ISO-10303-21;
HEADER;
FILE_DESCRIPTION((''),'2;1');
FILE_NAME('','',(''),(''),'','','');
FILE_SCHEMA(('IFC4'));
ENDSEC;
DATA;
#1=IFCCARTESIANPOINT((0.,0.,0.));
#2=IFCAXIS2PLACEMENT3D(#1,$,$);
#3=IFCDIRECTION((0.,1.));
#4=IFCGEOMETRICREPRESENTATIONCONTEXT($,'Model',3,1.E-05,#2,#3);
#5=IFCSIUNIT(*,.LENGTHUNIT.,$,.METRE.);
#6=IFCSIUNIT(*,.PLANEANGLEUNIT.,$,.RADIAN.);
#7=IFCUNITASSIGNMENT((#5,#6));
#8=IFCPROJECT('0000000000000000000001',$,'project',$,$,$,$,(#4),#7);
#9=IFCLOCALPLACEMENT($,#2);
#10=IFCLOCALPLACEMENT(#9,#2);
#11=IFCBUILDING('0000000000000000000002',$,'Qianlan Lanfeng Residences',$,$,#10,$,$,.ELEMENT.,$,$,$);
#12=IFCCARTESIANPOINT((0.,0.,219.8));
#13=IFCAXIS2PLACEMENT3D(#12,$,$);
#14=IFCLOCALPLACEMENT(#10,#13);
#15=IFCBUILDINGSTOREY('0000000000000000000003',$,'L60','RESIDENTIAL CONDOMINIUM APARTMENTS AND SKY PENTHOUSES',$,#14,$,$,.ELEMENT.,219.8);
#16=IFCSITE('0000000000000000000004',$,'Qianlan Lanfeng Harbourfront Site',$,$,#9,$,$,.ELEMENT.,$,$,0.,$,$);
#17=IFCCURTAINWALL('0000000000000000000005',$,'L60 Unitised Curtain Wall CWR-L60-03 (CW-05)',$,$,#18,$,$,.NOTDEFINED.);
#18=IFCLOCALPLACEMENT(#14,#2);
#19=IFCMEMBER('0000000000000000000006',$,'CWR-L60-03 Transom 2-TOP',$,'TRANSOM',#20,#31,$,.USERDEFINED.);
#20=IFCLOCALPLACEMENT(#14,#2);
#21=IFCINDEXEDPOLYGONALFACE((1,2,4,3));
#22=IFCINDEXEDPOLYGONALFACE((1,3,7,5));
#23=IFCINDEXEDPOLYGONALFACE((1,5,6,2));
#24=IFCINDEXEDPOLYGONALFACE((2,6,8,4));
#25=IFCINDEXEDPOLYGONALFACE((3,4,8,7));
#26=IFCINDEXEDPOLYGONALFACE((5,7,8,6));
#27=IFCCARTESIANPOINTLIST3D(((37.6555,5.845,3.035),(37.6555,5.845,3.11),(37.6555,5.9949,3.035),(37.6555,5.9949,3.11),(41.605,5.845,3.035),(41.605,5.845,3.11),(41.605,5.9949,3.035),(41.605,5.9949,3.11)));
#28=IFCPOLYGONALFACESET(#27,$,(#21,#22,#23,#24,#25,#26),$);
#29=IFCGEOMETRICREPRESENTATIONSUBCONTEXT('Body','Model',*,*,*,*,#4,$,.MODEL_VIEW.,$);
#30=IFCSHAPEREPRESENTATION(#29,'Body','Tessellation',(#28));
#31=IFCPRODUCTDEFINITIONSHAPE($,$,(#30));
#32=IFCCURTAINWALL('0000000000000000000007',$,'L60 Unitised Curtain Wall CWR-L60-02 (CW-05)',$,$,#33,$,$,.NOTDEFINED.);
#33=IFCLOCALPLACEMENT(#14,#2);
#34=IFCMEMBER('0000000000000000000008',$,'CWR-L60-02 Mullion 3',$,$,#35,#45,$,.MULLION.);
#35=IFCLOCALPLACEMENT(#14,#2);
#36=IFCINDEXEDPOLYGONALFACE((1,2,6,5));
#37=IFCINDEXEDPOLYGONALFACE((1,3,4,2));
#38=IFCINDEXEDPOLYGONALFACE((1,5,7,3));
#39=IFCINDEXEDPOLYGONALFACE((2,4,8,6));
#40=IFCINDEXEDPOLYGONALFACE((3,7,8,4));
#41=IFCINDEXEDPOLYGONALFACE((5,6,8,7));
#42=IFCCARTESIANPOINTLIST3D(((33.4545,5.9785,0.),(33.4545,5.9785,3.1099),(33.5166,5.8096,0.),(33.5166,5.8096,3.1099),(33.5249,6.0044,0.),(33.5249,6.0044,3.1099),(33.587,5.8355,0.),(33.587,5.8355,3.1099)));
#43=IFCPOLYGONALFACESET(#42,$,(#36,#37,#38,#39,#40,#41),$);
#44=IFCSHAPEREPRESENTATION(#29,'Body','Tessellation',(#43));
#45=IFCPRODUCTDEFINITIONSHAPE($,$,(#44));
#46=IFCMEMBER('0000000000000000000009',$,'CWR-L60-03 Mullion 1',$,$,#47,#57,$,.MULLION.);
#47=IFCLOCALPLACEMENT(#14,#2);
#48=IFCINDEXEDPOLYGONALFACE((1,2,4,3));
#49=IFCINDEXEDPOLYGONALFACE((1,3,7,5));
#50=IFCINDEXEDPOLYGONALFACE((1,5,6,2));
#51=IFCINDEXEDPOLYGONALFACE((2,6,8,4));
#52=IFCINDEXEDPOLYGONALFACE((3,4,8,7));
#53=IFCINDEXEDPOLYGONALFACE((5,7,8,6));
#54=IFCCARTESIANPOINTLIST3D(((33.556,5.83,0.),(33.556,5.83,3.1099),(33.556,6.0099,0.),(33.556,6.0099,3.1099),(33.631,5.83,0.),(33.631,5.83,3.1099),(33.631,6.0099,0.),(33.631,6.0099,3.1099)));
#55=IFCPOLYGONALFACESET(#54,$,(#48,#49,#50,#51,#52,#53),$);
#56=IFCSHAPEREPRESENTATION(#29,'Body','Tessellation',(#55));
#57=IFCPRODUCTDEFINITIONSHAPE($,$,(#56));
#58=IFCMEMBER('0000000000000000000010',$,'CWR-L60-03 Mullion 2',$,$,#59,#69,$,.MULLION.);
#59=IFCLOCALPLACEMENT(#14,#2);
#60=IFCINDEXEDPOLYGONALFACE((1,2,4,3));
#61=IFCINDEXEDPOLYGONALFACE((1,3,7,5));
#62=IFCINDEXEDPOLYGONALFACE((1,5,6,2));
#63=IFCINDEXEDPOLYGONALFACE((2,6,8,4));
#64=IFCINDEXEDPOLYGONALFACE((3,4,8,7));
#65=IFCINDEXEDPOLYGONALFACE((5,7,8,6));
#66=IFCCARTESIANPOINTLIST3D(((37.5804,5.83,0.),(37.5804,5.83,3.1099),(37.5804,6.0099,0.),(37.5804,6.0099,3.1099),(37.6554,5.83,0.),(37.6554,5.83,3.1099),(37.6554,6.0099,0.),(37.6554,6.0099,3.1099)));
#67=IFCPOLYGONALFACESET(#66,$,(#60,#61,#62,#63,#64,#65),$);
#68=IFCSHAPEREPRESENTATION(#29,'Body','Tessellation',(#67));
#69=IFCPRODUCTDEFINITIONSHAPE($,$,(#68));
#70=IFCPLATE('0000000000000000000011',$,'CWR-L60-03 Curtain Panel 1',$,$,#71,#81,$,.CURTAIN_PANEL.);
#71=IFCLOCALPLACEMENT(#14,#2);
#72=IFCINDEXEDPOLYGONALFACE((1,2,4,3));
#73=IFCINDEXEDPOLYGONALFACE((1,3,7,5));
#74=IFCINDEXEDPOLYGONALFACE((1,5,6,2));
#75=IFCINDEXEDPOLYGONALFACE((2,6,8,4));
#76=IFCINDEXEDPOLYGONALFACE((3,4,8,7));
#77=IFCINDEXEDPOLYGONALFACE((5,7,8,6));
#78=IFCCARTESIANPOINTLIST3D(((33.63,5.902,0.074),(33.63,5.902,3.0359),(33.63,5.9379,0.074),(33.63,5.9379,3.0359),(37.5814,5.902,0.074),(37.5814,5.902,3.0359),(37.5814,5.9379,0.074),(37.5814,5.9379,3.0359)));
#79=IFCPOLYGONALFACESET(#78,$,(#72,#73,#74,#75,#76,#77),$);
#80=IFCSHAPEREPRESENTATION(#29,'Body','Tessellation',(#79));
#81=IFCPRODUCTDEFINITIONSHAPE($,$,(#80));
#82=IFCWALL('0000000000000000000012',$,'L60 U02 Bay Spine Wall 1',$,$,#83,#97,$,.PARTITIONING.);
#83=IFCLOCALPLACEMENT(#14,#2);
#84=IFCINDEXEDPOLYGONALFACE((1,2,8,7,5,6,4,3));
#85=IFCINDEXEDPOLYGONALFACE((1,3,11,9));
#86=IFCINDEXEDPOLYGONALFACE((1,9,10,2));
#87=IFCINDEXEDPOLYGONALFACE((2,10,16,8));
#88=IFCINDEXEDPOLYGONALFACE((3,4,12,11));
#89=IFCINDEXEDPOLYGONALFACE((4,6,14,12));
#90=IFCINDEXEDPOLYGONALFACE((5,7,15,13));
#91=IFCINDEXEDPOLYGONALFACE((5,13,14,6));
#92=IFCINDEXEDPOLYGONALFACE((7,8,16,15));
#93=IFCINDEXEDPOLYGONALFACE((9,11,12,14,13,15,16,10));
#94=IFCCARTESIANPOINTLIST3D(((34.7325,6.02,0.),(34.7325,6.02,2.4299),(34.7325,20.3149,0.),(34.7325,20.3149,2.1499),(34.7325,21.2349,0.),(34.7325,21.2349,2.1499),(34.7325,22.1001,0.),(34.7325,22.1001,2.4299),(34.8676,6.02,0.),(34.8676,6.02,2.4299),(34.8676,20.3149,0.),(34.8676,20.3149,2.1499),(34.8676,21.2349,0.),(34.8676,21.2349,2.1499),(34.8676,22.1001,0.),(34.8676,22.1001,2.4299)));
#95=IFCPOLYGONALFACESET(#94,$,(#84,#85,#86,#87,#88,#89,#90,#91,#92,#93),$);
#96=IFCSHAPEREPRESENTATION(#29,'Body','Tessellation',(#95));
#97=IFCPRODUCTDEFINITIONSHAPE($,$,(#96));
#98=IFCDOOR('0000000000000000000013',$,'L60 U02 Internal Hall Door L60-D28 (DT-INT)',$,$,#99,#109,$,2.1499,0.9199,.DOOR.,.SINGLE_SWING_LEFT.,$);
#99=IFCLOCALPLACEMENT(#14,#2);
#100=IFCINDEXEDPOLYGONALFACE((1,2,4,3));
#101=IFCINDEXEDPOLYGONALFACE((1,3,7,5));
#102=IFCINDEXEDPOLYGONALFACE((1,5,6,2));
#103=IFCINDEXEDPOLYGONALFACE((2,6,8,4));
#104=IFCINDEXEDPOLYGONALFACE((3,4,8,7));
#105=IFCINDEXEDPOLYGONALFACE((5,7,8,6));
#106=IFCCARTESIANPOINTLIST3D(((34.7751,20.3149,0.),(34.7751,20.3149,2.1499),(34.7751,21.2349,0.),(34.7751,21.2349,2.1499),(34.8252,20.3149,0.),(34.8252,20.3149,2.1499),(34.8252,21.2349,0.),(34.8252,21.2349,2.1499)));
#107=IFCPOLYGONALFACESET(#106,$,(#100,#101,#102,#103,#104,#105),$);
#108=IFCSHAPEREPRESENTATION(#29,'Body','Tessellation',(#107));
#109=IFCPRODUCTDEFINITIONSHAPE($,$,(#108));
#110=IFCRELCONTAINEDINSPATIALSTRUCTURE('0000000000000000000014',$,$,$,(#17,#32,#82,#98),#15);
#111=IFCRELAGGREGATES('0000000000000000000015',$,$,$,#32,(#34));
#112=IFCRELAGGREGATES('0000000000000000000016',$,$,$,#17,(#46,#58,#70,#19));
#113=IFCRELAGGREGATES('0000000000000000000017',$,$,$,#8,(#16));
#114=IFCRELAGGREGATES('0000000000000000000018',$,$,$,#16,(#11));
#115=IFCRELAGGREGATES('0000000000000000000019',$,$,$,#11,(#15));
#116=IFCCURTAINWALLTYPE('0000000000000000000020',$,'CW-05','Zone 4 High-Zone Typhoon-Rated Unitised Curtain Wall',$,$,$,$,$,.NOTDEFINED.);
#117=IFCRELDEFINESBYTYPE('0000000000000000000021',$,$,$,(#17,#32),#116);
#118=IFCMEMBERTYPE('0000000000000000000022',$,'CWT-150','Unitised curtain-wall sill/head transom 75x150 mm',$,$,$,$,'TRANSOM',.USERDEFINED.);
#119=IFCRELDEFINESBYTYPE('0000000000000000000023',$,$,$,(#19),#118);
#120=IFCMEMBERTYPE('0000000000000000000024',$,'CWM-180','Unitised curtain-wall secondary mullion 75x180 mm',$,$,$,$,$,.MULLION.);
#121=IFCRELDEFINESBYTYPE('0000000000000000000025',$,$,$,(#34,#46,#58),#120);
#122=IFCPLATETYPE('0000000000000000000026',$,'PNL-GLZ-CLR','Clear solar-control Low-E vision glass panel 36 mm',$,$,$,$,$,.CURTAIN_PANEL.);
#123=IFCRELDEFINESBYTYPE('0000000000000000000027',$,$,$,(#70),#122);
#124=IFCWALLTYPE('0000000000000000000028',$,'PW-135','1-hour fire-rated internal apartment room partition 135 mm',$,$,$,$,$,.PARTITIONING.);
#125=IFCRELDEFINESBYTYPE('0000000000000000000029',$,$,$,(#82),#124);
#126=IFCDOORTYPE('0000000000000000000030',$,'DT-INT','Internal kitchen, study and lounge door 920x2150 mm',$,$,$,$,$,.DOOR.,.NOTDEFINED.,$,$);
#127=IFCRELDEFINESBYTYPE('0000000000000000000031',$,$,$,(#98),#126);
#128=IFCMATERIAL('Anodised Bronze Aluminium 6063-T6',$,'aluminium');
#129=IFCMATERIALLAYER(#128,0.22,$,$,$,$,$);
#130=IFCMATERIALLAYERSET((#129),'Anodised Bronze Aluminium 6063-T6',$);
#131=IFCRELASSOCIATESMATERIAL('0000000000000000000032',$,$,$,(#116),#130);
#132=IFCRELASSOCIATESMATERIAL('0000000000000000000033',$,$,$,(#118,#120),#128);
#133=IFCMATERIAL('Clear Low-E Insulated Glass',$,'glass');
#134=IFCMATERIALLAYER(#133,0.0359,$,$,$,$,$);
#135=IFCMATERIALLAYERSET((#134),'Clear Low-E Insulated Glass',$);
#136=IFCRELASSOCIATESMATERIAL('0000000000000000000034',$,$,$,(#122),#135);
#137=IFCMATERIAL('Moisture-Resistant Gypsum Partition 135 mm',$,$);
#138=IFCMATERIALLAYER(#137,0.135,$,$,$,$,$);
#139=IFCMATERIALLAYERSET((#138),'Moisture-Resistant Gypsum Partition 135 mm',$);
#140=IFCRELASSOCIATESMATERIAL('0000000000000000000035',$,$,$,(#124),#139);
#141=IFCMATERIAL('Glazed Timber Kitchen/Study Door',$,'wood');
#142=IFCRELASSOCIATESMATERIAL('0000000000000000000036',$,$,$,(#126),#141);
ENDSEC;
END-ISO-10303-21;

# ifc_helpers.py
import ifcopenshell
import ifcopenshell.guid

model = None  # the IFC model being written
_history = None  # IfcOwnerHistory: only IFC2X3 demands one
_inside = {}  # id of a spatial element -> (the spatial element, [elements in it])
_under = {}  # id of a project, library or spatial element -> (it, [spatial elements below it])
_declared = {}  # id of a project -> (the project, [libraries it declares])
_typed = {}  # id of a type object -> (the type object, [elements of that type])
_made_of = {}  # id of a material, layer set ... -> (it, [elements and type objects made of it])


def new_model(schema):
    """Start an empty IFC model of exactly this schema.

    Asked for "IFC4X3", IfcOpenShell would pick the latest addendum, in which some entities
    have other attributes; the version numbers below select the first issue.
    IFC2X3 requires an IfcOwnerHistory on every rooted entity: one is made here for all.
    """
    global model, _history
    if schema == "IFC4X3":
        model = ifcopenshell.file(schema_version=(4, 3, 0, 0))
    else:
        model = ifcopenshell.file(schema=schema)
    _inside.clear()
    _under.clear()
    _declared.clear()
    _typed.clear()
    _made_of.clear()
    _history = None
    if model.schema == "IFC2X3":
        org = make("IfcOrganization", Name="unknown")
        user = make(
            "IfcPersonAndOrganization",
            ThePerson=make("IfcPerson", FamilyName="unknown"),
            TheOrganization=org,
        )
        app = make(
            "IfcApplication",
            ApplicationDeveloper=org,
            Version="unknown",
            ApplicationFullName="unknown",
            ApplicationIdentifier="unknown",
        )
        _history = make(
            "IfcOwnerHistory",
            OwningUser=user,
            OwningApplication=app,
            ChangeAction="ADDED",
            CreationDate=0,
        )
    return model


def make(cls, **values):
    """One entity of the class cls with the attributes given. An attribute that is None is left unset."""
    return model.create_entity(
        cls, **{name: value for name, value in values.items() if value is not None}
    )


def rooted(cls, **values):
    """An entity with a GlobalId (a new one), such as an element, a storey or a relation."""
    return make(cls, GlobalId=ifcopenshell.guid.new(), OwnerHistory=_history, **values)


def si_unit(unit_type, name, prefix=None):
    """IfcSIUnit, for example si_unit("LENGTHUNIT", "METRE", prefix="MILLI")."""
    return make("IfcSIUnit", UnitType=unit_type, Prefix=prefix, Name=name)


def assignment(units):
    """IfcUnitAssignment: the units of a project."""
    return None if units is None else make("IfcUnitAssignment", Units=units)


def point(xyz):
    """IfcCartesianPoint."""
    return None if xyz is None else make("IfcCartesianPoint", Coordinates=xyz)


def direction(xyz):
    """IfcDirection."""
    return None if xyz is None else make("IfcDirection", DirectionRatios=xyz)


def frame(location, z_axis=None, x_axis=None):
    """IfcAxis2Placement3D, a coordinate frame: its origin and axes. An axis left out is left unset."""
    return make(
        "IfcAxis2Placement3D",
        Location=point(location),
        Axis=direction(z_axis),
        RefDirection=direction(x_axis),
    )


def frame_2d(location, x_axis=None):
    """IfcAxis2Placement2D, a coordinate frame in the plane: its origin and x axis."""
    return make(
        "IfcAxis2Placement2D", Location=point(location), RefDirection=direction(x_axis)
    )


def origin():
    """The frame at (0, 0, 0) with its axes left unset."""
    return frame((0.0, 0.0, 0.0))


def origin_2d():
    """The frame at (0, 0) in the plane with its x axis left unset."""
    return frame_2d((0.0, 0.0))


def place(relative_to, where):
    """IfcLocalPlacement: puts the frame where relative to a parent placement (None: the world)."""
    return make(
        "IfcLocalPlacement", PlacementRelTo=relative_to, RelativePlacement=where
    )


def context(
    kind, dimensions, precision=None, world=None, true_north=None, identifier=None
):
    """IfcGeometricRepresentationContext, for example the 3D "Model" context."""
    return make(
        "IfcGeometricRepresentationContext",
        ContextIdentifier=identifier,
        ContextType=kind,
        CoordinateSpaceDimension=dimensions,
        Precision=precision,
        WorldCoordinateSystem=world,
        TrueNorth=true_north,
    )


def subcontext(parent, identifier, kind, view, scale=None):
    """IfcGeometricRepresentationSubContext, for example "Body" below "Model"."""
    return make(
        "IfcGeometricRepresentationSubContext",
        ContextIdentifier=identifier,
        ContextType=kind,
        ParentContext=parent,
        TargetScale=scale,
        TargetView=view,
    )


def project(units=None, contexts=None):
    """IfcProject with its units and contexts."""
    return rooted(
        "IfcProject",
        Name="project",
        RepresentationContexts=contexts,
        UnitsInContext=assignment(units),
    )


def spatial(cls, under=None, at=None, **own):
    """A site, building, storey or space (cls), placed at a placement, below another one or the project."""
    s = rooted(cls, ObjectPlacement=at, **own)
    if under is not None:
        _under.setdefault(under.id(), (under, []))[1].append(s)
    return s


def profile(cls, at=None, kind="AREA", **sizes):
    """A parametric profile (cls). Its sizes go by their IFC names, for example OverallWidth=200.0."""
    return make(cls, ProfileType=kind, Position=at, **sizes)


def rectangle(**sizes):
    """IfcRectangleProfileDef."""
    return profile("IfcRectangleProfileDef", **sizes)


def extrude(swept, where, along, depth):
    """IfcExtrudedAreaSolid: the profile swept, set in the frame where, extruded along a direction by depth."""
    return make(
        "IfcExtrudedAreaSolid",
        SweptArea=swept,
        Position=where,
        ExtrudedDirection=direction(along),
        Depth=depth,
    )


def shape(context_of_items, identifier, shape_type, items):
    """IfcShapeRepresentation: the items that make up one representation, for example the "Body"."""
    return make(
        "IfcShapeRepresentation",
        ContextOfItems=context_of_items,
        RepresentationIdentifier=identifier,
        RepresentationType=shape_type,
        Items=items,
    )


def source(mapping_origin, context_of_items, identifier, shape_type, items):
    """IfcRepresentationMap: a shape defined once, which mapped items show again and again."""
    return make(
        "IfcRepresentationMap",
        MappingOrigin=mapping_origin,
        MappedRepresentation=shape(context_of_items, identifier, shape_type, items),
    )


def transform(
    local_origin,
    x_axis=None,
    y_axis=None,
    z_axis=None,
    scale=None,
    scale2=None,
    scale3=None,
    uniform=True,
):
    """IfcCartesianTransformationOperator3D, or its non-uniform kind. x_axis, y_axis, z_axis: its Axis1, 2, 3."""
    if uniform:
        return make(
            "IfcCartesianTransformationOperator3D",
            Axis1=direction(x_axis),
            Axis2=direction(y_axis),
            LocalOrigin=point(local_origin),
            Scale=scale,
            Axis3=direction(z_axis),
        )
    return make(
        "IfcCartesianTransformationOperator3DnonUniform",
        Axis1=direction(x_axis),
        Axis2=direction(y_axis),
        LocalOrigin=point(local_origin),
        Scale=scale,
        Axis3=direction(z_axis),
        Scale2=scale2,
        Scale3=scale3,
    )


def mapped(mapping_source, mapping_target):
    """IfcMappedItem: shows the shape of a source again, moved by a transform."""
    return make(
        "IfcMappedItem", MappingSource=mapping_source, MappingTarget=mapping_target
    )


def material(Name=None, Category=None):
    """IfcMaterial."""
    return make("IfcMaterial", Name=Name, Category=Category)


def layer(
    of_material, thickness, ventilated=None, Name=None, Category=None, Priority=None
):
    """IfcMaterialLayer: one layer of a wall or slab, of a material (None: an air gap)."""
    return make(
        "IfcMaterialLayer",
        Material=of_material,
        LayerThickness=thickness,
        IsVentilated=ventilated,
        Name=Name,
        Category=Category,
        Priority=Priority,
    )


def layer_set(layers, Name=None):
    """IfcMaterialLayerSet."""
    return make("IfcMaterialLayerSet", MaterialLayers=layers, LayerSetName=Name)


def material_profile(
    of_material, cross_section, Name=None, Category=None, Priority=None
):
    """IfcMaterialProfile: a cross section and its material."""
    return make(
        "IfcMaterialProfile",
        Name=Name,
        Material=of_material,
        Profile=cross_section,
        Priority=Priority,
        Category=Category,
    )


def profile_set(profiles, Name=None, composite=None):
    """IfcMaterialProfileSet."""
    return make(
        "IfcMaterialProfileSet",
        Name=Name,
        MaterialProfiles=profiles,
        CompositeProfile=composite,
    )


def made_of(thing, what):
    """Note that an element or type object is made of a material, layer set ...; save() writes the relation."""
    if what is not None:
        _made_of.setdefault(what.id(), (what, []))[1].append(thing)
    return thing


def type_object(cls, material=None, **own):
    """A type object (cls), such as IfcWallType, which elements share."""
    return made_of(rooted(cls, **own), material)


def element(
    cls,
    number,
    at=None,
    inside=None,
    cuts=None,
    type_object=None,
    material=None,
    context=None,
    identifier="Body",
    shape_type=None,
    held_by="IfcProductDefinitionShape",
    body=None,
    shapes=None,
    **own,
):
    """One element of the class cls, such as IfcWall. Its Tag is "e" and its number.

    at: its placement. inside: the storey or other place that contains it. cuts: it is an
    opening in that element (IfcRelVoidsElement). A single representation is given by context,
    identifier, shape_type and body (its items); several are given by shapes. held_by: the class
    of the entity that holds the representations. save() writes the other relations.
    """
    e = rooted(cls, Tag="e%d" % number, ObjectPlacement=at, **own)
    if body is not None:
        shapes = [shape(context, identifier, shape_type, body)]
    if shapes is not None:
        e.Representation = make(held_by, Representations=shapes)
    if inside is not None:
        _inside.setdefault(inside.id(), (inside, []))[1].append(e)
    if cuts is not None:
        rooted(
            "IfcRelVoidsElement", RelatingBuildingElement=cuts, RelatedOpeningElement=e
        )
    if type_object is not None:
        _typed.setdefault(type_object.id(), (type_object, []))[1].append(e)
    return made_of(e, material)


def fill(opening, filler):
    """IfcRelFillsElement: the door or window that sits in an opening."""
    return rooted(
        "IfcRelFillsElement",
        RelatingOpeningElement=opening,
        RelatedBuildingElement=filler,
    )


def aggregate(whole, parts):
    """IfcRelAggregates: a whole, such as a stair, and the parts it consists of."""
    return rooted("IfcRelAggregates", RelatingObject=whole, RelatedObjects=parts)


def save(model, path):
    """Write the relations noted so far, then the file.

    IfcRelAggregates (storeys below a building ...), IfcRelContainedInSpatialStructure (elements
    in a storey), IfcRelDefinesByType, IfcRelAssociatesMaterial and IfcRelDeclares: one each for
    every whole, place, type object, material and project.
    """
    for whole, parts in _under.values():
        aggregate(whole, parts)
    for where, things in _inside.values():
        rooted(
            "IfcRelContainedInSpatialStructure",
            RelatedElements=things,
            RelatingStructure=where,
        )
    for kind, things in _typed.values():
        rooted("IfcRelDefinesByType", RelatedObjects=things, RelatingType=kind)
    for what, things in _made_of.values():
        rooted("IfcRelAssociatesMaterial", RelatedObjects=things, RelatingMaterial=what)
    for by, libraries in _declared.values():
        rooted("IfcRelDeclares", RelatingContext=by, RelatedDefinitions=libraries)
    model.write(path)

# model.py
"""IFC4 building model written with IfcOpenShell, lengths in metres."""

from ifc_helpers import new_model, si_unit, direction, frame, frame_2d, origin, origin_2d, place, context, subcontext, project, spatial, rectangle, extrude, source, transform, mapped, material, layer, layer_set, material_profile, profile_set, type_object, element, fill, aggregate, save


model = new_model("IFC4")

# Units and contexts
model_context = context("Model", 3, precision=1e-05, world=origin(), true_north=direction((0.0, 1.0)))
body_context = subcontext(model_context, "Body", "Model", "MODEL_VIEW")
ifc_project = project(units=[si_unit("LENGTHUNIT", "METRE"), si_unit("PLANEANGLEUNIT", "RADIAN")], contexts=[model_context])

# Site, building, storey
site_placement = place(None, origin())
site = spatial("IfcSite", under=ifc_project, at=site_placement, Name="Qianlan Lanfeng Harbourfront Site", CompositionType="ELEMENT", RefElevation=0.0)
building_placement = place(site_placement, origin())
building = spatial("IfcBuilding", under=site, at=building_placement, Name="Qianlan Lanfeng Residences", CompositionType="ELEMENT")
storey_placement = place(building_placement, frame((0.0, 0.0, 219.8)))
storey = spatial("IfcBuildingStorey", under=building, at=storey_placement, Name="L60", Description="RESIDENTIAL CONDOMINIUM APARTMENTS AND SKY PENTHOUSES", CompositionType="ELEMENT", Elevation=219.8)

# Curtain wall, member
ifc_material_1 = material(Name="Anodised Bronze Aluminium 6063-T6", Category="aluminium")
ifc_layer_1 = layer(ifc_material_1, 0.22)
ifc_layer_set_1 = layer_set([ifc_layer_1], Name="Anodised Bronze Aluminium 6063-T6")
curtain_wall_type = type_object("IfcCurtainWallType", Name="CW-05", Description="Zone 4 High-Zone Typhoon-Rated Unitised Curtain Wall", PredefinedType="NOTDEFINED", material=ifc_layer_set_1)
curtain_wall_1_placement = place(storey_placement, origin())
curtain_wall_1 = element("IfcCurtainWall", 1, at=curtain_wall_1_placement, inside=storey, type_object=curtain_wall_type, Name="L60 Unitised Curtain Wall CWR-L60-03 (CW-05)", PredefinedType="NOTDEFINED")
ifc_material_profile_1 = material_profile(ifc_material_1, rectangle(XDim=0.075, YDim=0.1499, at=origin_2d()), Name="ALU TRANSOM 75x150")
ifc_profile_set_1 = profile_set([ifc_material_profile_1], Name="Anodised Bronze Aluminium 6063-T6")
member_type_1 = type_object("IfcMemberType", Name="CWT-150", Description="Unitised curtain-wall sill/head transom 75x150 mm", ElementType="TRANSOM", PredefinedType="USERDEFINED", material=ifc_profile_set_1)
shared_shape_1 = source(origin(), body_context, "Body", "SweptSolid", [
    extrude(rectangle(XDim=0.075, YDim=0.1499, at=origin_2d()), origin(), (0.0, 0.0, 1.0), 3.9495),
])
member_1_placement = place(storey_placement, frame((37.6555, 5.9199, 3.0725), z_axis=(1.0, 0.0, 0.0), x_axis=(0.0, 0.0, 1.0)))
member_1 = element("IfcMember", 2, at=member_1_placement, type_object=member_type_1, Name="CWR-L60-03 Transom 2-TOP", ObjectType="TRANSOM", PredefinedType="USERDEFINED", context=body_context, shape_type="MappedRepresentation", body=[
    mapped(shared_shape_1, transform((0.0, 0.0, 0.0), scale=1.0)),
])

# Curtain wall, member
curtain_wall_2_placement = place(storey_placement, origin())
curtain_wall_2 = element("IfcCurtainWall", 3, at=curtain_wall_2_placement, inside=storey, type_object=curtain_wall_type, Name="L60 Unitised Curtain Wall CWR-L60-02 (CW-05)", PredefinedType="NOTDEFINED")
ifc_material_profile_2 = material_profile(ifc_material_1, rectangle(XDim=0.075, YDim=0.1799, at=origin_2d()), Name="ALU MULLION 75x180")
ifc_profile_set_2 = profile_set([ifc_material_profile_2], Name="Anodised Bronze Aluminium 6063-T6")
member_type_2 = type_object("IfcMemberType", Name="CWM-180", Description="Unitised curtain-wall secondary mullion 75x180 mm", PredefinedType="MULLION", material=ifc_profile_set_2)
shared_shape_2 = source(origin(), body_context, "Body", "SweptSolid", [
    extrude(rectangle(XDim=0.075, YDim=0.1799, at=origin_2d()), origin(), (0.0, 0.0, 1.0), 3.1099),
])
member_2_placement = place(storey_placement, frame((33.5208, 5.907, 0.0), z_axis=(0.0, 0.0, 1.0), x_axis=(0.938626, 0.344938, 0.0)))
member_2 = element("IfcMember", 4, at=member_2_placement, type_object=member_type_2, Name="CWR-L60-02 Mullion 3", PredefinedType="MULLION", context=body_context, shape_type="MappedRepresentation", body=[
    mapped(shared_shape_2, transform((0.0, 0.0, 0.0), scale=1.0)),
])
aggregate(curtain_wall_2, [member_2])

# Members
member_3_placement = place(storey_placement, frame((33.5935, 5.9199, 0.0), z_axis=(0.0, 0.0, 1.0), x_axis=(1.0, 0.0, 0.0)))
member_3 = element("IfcMember", 5, at=member_3_placement, type_object=member_type_2, Name="CWR-L60-03 Mullion 1", PredefinedType="MULLION", context=body_context, shape_type="MappedRepresentation", body=[
    mapped(shared_shape_2, transform((0.0, 0.0, 0.0), scale=1.0)),
])
member_4_placement = place(storey_placement, frame((37.6179, 5.9199, 0.0), z_axis=(0.0, 0.0, 1.0), x_axis=(1.0, 0.0, 0.0)))
member_4 = element("IfcMember", 6, at=member_4_placement, type_object=member_type_2, Name="CWR-L60-03 Mullion 2", PredefinedType="MULLION", context=body_context, shape_type="MappedRepresentation", body=[
    mapped(shared_shape_2, transform((0.0, 0.0, 0.0), scale=1.0)),
])

# Plate
ifc_material_2 = material(Name="Clear Low-E Insulated Glass", Category="glass")
ifc_layer_2 = layer(ifc_material_2, 0.0359)
ifc_layer_set_2 = layer_set([ifc_layer_2], Name="Clear Low-E Insulated Glass")
plate_type = type_object("IfcPlateType", Name="PNL-GLZ-CLR", Description="Clear solar-control Low-E vision glass panel 36 mm", PredefinedType="CURTAIN_PANEL", material=ifc_layer_set_2)
shared_shape_3 = source(origin(), body_context, "Body", "SweptSolid", [
    extrude(rectangle(XDim=3.9514, YDim=0.0359, at=origin_2d()), origin(), (0.0, 0.0, 1.0), 2.9619),
])
plate_placement = place(storey_placement, frame((35.6057, 5.9199, 0.074), z_axis=(0.0, 0.0, 1.0), x_axis=(1.0, 0.0, 0.0)))
plate = element("IfcPlate", 7, at=plate_placement, type_object=plate_type, Name="CWR-L60-03 Curtain Panel 1", PredefinedType="CURTAIN_PANEL", context=body_context, shape_type="MappedRepresentation", body=[
    mapped(shared_shape_3, transform((0.0, 0.0, 0.0), scale=1.0)),
])
aggregate(curtain_wall_1, [member_3, member_4, plate, member_1])

# Wall, opening, door
ifc_material_3 = material(Name="Moisture-Resistant Gypsum Partition 135 mm")
ifc_layer_3 = layer(ifc_material_3, 0.135)
ifc_layer_set_3 = layer_set([ifc_layer_3], Name="Moisture-Resistant Gypsum Partition 135 mm")
wall_type = type_object("IfcWallType", Name="PW-135", Description="1-hour fire-rated internal apartment room partition 135 mm", PredefinedType="PARTITIONING", material=ifc_layer_set_3)
wall_1_placement = place(storey_placement, frame((34.8, 6.02, 0.0), z_axis=(0.0, 0.0, 1.0), x_axis=(0.0, 1.0, 0.0)))
wall_1 = element("IfcWall", 8, at=wall_1_placement, inside=storey, type_object=wall_type, Name="L60 U02 Bay Spine Wall 1", PredefinedType="PARTITIONING", context=body_context, shape_type="SweptSolid", body=[
    extrude(rectangle(XDim=16.0801, YDim=0.135, at=frame_2d((8.04, 0.0))), origin(), (0.0, 0.0, 1.0), 2.4299),
])
opening_1_placement = place(wall_1_placement, frame((14.2949, 0.0, 0.0)))
opening_1 = element("IfcOpeningElement", 9, at=opening_1_placement, cuts=wall_1, PredefinedType="OPENING", context=body_context, shape_type="SweptSolid", body=[
    extrude(rectangle(XDim=0.9199, YDim=2.1499, at=frame_2d((0.46, 1.075))), frame((0.0, 0.0776, 0.0), z_axis=(0.0, -1.0, 0.0), x_axis=(1.0, 0.0, 0.0)), (0.0, 0.0, 1.0), 0.155),
])
ifc_material_4 = material(Name="Glazed Timber Kitchen/Study Door", Category="wood")
door_type_1 = type_object("IfcDoorType", Name="DT-INT", Description="Internal kitchen, study and lounge door 920x2150 mm", OperationType="NOTDEFINED", PredefinedType="DOOR", material=ifc_material_4)
door_1_placement = place(opening_1_placement, origin())
door_1 = element("IfcDoor", 10, at=door_1_placement, inside=storey, type_object=door_type_1, Name="L60 U02 Internal Hall Door L60-D28 (DT-INT)", OperationType="SINGLE_SWING_LEFT", OverallHeight=2.1499, OverallWidth=0.9199, PredefinedType="DOOR", context=body_context, shape_type="SweptSolid", body=[
    extrude(rectangle(XDim=0.9199, YDim=2.1499, at=frame_2d((0.46, 1.075))), frame((0.0, 0.0249, 0.0), z_axis=(0.0, -1.0, 0.0), x_axis=(1.0, 0.0, 0.0)), (0.0, 0.0, 1.0), 0.05),
])
fill(opening_1, door_1)

save(model, "model.ifc")
